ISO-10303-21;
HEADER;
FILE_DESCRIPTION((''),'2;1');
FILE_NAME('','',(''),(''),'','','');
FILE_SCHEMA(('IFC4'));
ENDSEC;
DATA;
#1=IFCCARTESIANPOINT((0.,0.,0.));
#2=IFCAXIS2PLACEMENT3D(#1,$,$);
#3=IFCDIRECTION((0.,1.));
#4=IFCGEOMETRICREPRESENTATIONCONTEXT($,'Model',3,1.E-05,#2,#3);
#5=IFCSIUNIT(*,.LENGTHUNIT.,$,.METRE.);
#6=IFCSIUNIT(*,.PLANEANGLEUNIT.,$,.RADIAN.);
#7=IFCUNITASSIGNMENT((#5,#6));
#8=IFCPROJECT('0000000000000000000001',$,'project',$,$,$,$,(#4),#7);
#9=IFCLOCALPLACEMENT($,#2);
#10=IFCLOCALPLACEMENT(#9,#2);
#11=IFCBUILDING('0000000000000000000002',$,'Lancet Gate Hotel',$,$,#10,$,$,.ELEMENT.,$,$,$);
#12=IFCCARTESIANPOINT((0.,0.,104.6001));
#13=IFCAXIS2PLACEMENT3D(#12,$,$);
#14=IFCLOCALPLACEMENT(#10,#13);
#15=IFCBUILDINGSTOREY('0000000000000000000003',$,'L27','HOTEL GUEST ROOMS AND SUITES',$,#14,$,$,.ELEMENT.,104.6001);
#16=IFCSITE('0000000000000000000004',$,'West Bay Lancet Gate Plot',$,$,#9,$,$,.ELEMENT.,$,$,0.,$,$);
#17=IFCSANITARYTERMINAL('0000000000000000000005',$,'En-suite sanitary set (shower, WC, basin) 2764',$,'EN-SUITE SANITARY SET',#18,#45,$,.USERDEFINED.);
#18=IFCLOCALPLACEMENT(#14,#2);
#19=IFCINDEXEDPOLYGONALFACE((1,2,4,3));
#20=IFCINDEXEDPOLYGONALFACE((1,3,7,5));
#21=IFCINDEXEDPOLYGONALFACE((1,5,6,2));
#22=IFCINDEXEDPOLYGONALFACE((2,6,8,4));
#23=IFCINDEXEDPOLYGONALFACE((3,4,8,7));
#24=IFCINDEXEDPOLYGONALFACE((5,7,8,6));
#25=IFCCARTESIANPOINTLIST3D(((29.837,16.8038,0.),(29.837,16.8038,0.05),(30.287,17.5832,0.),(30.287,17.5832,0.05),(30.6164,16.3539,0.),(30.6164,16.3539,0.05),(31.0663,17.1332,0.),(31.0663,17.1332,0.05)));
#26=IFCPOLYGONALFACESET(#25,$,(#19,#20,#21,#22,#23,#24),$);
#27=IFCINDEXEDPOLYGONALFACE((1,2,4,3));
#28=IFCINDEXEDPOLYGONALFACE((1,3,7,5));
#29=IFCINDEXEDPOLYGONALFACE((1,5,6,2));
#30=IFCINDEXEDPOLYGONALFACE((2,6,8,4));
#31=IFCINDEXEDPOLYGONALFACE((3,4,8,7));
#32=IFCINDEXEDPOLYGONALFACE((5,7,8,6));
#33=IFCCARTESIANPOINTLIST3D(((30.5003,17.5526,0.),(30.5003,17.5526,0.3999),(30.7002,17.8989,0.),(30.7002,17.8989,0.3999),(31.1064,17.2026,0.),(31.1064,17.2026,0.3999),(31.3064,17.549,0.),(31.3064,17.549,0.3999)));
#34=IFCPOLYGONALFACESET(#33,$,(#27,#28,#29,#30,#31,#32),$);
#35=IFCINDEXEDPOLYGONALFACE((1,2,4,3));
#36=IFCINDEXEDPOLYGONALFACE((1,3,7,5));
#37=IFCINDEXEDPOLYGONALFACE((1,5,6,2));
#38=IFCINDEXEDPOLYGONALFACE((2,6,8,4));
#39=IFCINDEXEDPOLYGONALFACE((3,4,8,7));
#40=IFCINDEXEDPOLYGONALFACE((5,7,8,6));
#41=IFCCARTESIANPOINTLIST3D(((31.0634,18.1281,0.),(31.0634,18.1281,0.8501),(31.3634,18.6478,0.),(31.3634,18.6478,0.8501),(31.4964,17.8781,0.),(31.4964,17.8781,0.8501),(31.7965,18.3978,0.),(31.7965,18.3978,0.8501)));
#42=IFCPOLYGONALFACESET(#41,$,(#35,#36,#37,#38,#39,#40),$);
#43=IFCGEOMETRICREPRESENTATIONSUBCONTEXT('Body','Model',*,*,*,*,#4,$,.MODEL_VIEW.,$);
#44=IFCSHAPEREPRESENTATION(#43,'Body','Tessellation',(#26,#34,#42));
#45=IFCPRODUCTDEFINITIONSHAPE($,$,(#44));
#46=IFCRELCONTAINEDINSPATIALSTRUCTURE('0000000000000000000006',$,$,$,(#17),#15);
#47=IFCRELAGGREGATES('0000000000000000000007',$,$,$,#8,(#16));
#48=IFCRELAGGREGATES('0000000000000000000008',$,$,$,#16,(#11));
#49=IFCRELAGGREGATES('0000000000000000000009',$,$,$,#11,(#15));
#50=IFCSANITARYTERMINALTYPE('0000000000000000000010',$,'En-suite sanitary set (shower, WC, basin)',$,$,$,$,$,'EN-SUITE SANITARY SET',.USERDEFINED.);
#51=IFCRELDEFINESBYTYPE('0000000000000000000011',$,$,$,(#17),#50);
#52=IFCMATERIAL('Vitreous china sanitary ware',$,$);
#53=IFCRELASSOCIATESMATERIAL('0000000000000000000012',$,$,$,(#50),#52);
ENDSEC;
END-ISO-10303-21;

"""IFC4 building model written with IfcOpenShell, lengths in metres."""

from ifc_helpers import new_model, si_unit, direction, frame, origin, origin_2d, place, context, subcontext, project, spatial, rectangle, extrude, material, type_object, element, save


model = new_model("IFC4")

# Units and contexts
model_context = context("Model", 3, precision=1e-05, world=origin(), true_north=direction((0.0, 1.0)))
body_context = subcontext(model_context, "Body", "Model", "MODEL_VIEW")
ifc_project = project(units=[si_unit("LENGTHUNIT", "METRE"), si_unit("PLANEANGLEUNIT", "RADIAN")], contexts=[model_context])

# Site, building, storey
site_placement = place(None, origin())
site = spatial("IfcSite", under=ifc_project, at=site_placement, Name="West Bay Lancet Gate Plot", CompositionType="ELEMENT", RefElevation=0.0)
building_placement = place(site_placement, origin())
building = spatial("IfcBuilding", under=site, at=building_placement, Name="Lancet Gate Hotel", CompositionType="ELEMENT")
storey_placement = place(building_placement, frame((0.0, 0.0, 104.6001)))
storey = spatial("IfcBuildingStorey", under=building, at=storey_placement, Name="L27", Description="HOTEL GUEST ROOMS AND SUITES", CompositionType="ELEMENT", Elevation=104.6001)

# Sanitary terminal
ifc_material_1 = material(Name="Vitreous china sanitary ware")
sanitary_terminal_type = type_object("IfcSanitaryTerminalType", Name="En-suite sanitary set (shower, WC, basin)", ElementType="EN-SUITE SANITARY SET", PredefinedType="USERDEFINED", material=ifc_material_1)
sanitary_terminal_placement = place(storey_placement, frame((30.4517, 16.9685, 0.0), z_axis=(0.0, 0.0, 1.0), x_axis=(1.0, 0.0, 0.0)))
element("IfcSanitaryTerminal", 1, at=sanitary_terminal_placement, inside=storey, type_object=sanitary_terminal_type, Name="En-suite sanitary set (shower, WC, basin) 2764", ObjectType="EN-SUITE SANITARY SET", PredefinedType="USERDEFINED", context=body_context, shape_type="SweptSolid", body=[
    extrude(rectangle(XDim=0.8999, YDim=0.8999, at=origin_2d()), frame((0.0, 0.0, 0.0), z_axis=(0.0, 0.0, 1.0), x_axis=(-0.5, -0.866025, 0.0)), (0.0, 0.0, 1.0), 0.05),
    extrude(rectangle(XDim=0.3999, YDim=0.7, at=origin_2d()), frame((0.4517, 0.5823, 0.0), z_axis=(0.0, 0.0, 1.0), x_axis=(-0.5, -0.866025, 0.0)), (0.0, 0.0, 1.0), 0.3999),
    extrude(rectangle(XDim=0.6001, YDim=0.5, at=origin_2d()), frame((0.9783, 1.2944, 0.0), z_axis=(0.0, 0.0, 1.0), x_axis=(-0.5, -0.866025, 0.0)), (0.0, 0.0, 1.0), 0.8501),
])

save(model, "model.ifc")
